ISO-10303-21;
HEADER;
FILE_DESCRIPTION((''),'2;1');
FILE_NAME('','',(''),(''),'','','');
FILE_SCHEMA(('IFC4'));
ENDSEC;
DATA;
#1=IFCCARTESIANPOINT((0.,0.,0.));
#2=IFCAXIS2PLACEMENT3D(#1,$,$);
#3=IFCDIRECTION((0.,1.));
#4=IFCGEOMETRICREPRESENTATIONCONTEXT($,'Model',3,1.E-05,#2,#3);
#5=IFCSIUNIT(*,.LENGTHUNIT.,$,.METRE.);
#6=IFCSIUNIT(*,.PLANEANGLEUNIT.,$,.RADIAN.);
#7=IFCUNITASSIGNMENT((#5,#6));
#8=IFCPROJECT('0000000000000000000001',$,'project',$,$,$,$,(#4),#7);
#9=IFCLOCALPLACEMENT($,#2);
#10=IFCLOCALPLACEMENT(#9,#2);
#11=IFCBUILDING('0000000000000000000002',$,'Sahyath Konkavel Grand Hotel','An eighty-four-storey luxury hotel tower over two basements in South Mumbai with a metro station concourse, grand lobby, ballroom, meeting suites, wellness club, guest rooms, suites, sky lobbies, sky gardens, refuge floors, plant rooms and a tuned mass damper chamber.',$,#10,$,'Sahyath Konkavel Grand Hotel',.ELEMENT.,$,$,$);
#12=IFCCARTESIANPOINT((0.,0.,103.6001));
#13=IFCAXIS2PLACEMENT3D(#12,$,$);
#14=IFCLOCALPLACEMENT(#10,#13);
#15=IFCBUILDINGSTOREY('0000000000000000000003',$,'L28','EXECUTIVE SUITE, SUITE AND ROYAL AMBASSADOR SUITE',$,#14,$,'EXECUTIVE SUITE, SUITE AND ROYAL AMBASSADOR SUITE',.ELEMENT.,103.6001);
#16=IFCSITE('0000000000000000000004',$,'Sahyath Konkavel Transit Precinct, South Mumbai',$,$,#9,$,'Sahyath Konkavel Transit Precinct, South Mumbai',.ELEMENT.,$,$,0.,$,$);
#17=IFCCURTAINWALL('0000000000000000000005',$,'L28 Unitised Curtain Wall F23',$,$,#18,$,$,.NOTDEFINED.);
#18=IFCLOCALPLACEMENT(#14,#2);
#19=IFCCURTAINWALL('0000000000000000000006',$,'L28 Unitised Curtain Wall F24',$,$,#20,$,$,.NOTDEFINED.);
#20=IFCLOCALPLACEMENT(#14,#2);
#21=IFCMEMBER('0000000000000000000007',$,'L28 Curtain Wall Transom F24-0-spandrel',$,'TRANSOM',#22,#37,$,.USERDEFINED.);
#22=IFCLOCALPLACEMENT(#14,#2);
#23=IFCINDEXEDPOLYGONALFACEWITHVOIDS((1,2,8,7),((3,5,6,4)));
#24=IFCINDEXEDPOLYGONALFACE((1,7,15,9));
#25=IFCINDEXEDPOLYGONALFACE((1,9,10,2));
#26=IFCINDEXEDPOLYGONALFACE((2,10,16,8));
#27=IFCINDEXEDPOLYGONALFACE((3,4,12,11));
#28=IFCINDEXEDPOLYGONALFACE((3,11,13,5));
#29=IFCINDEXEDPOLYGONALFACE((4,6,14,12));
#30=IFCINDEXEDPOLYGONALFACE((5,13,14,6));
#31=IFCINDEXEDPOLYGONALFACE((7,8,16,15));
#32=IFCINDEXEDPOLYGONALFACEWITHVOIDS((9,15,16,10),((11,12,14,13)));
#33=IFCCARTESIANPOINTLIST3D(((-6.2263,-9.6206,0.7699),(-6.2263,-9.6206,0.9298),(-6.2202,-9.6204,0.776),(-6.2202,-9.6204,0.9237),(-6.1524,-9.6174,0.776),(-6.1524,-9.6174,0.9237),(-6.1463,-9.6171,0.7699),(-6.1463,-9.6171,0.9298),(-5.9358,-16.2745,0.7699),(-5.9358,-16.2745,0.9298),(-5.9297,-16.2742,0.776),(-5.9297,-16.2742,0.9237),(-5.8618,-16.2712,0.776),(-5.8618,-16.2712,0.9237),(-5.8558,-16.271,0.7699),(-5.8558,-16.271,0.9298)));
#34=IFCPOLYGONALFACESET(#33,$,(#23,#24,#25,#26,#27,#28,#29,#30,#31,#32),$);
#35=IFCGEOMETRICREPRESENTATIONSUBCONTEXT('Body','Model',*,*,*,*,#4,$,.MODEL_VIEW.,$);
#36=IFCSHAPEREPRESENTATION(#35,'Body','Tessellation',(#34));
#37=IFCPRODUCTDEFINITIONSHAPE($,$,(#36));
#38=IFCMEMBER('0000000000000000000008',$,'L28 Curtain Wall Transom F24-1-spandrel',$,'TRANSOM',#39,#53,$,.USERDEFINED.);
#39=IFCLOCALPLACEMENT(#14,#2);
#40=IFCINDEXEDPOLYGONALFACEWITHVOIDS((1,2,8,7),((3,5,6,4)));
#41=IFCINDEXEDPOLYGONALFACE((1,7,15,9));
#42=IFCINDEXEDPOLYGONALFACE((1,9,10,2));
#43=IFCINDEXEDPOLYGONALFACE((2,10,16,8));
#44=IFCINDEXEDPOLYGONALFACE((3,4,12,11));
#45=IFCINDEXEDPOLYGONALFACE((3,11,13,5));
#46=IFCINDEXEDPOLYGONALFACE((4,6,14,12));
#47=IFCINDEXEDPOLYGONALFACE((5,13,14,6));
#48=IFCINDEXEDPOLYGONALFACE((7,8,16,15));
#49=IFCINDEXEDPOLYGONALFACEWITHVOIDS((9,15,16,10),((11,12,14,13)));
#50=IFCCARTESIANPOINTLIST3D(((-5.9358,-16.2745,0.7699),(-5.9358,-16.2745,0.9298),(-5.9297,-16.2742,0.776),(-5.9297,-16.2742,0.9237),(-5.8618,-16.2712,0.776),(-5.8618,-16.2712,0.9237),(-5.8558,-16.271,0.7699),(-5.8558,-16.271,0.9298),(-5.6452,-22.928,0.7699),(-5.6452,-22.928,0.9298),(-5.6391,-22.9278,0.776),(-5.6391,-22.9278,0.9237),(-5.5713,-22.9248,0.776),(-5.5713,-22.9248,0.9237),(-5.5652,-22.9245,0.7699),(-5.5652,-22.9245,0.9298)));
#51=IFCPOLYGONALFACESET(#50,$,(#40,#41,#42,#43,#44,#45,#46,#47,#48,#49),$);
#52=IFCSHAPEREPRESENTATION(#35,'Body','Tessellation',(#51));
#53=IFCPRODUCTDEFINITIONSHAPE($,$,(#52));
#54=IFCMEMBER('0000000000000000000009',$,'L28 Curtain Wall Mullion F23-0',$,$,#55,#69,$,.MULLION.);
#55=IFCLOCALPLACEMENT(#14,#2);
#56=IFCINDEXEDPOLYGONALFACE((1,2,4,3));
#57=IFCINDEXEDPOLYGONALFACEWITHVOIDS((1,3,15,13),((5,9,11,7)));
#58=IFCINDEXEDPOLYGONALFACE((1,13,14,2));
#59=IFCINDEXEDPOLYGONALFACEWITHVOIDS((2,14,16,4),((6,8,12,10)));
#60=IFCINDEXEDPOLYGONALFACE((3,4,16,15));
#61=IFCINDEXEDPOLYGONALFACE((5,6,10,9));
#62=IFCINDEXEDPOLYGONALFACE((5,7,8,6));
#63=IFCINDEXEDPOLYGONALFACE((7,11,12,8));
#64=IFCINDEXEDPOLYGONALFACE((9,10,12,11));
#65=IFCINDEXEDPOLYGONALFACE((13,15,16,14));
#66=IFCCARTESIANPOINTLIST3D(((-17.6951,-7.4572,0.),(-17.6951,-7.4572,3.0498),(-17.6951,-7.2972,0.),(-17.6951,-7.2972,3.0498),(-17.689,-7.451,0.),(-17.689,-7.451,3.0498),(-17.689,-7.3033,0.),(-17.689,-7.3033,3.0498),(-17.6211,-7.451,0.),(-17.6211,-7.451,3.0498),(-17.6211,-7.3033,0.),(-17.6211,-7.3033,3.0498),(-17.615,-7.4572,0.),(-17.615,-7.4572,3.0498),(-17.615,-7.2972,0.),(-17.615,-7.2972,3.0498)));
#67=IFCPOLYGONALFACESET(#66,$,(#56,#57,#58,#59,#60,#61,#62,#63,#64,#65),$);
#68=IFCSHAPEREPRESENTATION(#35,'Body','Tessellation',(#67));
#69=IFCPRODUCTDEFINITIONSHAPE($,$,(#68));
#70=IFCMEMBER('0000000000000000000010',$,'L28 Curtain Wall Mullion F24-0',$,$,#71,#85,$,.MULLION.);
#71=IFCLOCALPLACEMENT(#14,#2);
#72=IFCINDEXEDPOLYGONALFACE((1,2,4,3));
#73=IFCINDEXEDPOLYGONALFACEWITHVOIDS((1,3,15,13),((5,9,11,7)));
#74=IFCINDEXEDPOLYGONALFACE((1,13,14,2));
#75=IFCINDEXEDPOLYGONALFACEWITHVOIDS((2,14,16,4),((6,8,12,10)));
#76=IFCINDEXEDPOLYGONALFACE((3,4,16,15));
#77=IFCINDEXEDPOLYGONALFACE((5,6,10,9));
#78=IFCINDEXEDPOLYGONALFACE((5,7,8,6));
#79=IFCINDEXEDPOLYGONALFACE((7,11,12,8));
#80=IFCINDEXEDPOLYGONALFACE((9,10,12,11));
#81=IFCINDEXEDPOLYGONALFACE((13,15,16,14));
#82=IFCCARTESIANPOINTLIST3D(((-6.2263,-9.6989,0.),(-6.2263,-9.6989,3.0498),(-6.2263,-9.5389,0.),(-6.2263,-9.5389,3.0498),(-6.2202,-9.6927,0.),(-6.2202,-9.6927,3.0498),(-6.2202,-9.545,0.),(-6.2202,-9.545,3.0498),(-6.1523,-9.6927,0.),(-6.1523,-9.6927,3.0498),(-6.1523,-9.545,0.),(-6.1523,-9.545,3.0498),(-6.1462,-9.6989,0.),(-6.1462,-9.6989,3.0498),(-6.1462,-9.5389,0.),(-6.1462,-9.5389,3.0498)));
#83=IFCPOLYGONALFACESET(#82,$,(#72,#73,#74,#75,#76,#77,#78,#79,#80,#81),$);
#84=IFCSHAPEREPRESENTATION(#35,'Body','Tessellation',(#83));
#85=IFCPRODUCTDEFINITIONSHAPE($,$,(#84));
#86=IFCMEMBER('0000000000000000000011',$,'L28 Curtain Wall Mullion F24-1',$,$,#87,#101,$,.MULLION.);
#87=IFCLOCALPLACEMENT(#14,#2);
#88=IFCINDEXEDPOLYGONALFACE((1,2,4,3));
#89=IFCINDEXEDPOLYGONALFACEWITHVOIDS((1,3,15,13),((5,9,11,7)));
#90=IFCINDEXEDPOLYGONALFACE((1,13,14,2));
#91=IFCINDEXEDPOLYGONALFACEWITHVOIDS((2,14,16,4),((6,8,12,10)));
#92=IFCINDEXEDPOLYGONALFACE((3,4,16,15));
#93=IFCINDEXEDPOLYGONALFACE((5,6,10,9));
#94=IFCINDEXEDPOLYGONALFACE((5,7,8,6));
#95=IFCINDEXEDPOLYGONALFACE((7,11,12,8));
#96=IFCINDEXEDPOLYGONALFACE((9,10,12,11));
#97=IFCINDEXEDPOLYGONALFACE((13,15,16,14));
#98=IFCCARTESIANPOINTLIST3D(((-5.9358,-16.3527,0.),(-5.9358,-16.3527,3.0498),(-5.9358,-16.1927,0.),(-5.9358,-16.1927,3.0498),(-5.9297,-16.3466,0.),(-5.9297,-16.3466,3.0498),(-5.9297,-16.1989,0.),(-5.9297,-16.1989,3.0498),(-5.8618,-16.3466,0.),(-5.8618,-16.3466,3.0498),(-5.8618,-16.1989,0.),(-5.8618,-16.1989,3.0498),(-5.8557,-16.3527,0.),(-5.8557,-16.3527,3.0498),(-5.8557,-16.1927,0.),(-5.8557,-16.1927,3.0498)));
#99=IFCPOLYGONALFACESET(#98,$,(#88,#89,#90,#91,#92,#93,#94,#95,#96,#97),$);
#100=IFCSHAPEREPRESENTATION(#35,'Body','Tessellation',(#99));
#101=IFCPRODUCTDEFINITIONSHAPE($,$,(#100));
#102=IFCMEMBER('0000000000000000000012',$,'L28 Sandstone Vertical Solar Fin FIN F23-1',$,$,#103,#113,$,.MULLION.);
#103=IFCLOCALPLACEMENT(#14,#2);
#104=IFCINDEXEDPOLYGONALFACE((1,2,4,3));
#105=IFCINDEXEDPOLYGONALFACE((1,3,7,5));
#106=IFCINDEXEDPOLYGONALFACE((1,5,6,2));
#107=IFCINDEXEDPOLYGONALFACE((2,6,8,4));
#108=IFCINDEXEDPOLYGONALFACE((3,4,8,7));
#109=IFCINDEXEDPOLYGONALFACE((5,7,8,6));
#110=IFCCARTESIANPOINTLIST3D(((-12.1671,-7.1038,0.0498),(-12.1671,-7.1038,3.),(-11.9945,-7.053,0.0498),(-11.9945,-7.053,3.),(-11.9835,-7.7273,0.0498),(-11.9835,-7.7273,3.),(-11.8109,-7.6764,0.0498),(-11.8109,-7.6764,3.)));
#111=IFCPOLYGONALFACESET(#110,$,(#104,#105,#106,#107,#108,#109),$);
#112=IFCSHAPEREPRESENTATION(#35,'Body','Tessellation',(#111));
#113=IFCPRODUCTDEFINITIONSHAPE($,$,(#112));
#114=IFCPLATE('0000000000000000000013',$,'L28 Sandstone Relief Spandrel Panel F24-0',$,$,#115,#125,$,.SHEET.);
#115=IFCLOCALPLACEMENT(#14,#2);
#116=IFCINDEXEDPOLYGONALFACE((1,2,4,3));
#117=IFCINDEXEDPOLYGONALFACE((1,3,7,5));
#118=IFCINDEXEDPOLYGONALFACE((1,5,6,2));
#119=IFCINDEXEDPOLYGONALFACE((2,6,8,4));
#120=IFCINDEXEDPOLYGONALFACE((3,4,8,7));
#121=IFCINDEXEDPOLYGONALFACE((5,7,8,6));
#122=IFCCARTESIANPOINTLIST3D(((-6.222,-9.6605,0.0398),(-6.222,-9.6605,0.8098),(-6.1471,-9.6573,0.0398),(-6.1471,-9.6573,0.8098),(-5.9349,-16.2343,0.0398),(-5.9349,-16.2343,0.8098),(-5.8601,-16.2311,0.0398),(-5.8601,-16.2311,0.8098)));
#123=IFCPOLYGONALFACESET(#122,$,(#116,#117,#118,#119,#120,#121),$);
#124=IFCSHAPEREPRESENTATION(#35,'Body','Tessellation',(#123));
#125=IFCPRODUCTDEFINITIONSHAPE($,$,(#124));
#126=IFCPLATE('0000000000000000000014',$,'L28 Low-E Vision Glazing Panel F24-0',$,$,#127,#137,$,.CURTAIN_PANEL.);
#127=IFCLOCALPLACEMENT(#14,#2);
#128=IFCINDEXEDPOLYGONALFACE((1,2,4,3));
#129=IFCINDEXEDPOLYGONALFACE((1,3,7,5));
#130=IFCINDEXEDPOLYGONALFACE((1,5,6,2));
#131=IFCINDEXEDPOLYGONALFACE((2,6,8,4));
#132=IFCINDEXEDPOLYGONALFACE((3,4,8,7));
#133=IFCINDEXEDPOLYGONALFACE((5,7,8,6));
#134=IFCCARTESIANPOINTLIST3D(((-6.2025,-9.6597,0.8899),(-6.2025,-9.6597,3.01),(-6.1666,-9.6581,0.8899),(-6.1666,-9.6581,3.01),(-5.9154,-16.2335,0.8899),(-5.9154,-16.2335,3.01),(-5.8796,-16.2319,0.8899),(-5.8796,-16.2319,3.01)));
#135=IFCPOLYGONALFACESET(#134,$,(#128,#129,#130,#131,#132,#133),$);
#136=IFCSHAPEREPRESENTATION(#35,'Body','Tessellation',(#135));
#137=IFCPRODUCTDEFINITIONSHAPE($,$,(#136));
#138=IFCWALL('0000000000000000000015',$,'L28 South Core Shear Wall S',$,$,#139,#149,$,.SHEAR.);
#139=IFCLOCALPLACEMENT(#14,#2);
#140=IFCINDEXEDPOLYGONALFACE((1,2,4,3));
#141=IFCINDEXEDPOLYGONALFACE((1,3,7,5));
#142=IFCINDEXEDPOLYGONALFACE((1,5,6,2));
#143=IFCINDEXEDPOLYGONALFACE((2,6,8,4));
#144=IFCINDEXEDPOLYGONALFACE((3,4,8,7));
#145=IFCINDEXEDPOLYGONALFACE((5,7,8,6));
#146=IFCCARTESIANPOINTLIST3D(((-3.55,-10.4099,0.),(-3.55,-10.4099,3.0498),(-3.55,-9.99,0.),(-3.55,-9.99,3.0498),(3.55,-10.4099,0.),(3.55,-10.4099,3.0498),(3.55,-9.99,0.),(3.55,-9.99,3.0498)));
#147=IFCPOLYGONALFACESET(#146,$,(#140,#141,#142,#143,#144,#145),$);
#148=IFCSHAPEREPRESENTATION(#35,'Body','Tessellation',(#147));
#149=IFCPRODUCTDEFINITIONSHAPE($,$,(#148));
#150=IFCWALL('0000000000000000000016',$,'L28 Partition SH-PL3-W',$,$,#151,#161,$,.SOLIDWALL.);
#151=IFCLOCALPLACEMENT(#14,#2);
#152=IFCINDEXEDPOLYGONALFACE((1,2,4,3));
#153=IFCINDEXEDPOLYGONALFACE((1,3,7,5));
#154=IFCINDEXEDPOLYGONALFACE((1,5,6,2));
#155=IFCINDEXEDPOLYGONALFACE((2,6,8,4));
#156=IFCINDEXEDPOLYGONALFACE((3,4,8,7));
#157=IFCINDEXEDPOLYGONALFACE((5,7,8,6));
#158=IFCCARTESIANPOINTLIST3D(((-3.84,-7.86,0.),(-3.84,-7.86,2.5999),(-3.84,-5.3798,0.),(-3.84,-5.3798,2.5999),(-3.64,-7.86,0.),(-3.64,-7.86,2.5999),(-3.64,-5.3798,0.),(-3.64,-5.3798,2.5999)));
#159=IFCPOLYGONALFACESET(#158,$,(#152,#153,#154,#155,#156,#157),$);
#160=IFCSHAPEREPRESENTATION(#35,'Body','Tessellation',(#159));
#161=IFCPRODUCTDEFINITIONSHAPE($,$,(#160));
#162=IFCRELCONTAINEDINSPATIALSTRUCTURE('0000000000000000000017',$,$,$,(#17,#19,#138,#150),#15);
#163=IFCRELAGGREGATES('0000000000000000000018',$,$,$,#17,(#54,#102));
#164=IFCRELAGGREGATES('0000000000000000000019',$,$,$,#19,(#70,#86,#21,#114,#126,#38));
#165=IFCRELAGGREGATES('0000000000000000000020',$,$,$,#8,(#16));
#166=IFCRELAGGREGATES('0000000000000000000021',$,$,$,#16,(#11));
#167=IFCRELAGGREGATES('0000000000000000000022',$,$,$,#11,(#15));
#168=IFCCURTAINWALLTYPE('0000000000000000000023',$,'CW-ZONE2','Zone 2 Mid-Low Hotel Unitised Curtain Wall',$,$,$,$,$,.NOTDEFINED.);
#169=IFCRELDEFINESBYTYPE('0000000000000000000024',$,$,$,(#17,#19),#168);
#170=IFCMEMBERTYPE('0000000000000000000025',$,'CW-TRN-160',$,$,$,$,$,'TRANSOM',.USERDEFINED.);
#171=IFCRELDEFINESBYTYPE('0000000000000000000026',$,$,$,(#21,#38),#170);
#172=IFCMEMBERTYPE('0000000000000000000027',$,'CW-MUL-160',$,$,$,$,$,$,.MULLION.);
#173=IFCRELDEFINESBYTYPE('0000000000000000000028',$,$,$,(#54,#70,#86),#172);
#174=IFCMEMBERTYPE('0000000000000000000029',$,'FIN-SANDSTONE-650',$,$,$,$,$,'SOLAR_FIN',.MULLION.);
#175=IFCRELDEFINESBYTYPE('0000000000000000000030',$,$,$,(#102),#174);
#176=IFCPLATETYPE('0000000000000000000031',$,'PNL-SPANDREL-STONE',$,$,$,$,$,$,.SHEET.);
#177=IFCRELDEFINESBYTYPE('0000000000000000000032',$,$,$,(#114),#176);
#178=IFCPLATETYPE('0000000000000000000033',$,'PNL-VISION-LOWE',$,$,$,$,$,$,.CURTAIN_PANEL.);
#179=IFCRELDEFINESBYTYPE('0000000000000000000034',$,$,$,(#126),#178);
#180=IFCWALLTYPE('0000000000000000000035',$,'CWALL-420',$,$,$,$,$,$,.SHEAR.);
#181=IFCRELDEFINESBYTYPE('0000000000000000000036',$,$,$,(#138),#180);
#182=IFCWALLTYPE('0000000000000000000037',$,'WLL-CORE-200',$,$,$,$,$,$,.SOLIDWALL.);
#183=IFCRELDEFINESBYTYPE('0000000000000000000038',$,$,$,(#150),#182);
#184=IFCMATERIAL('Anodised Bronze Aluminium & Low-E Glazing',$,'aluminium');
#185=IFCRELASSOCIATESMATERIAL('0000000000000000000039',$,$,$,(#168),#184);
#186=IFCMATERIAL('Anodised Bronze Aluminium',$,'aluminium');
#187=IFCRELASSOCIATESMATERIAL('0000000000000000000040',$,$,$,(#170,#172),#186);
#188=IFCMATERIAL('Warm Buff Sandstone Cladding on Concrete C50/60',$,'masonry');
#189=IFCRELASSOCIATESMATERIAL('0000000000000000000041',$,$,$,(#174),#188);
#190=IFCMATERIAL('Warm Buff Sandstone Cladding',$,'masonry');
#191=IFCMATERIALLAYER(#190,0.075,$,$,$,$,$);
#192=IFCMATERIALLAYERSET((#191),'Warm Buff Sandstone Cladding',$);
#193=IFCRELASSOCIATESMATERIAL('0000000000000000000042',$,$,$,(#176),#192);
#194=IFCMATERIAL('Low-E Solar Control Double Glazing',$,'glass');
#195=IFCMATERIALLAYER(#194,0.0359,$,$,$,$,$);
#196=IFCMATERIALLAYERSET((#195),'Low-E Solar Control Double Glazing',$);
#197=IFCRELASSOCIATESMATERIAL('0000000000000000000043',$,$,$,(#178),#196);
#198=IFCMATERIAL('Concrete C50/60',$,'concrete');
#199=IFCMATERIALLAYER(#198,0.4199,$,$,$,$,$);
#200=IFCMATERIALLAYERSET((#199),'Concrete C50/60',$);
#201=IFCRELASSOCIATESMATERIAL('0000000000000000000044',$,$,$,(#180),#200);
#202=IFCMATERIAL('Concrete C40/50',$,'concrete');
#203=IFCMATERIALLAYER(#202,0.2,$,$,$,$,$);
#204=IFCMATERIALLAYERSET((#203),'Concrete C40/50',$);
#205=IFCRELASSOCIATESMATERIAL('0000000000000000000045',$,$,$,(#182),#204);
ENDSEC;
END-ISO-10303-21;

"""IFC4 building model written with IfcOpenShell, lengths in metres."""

from ifc_helpers import new_model, si_unit, direction, frame, frame_2d, origin, origin_2d, place, context, subcontext, project, spatial, rectangle, hollow_rectangle, extrude, source, transform, mapped, material, layer, layer_set, material_profile, profile_set, type_object, element, aggregate, save


model = new_model("IFC4")

# Units and contexts
model_context = context("Model", 3, precision=1e-05, world=origin(), true_north=direction((0.0, 1.0)))
body_context = subcontext(model_context, "Body", "Model", "MODEL_VIEW")
ifc_project = project(units=[si_unit("LENGTHUNIT", "METRE"), si_unit("PLANEANGLEUNIT", "RADIAN")], contexts=[model_context])

# Site, building, storey
site_placement = place(None, origin())
site = spatial("IfcSite", under=ifc_project, at=site_placement, Name="Sahyath Konkavel Transit Precinct, South Mumbai", LongName="Sahyath Konkavel Transit Precinct, South Mumbai", CompositionType="ELEMENT", RefElevation=0.0)
building_placement = place(site_placement, origin())
building = spatial("IfcBuilding", under=site, at=building_placement, Name="Sahyath Konkavel Grand Hotel", Description="An eighty-four-storey luxury hotel tower over two basements in South Mumbai with a metro station concourse, grand lobby, ballroom, meeting suites, wellness club, guest rooms, suites, sky lobbies, sky gardens, refuge floors, plant rooms and a tuned mass damper chamber.", LongName="Sahyath Konkavel Grand Hotel", CompositionType="ELEMENT")
storey_placement = place(building_placement, frame((0.0, 0.0, 103.6001)))
storey = spatial("IfcBuildingStorey", under=building, at=storey_placement, Name="L28", Description="EXECUTIVE SUITE, SUITE AND ROYAL AMBASSADOR SUITE", LongName="EXECUTIVE SUITE, SUITE AND ROYAL AMBASSADOR SUITE", CompositionType="ELEMENT", Elevation=103.6001)

# Curtain wall
ifc_material_1 = material(Name="Anodised Bronze Aluminium & Low-E Glazing", Category="aluminium")
curtain_wall_type = type_object("IfcCurtainWallType", Name="CW-ZONE2", Description="Zone 2 Mid-Low Hotel Unitised Curtain Wall", PredefinedType="NOTDEFINED", material=ifc_material_1)
curtain_wall_1_placement = place(storey_placement, origin())
curtain_wall_1 = element("IfcCurtainWall", 1, at=curtain_wall_1_placement, inside=storey, type_object=curtain_wall_type, Name="L28 Unitised Curtain Wall F23", PredefinedType="NOTDEFINED")
ifc_material_2 = material(Name="Anodised Bronze Aluminium", Category="aluminium")
ifc_material_profile_1 = material_profile(ifc_material_2, hollow_rectangle(XDim=0.0801, YDim=0.1599, WallThickness=0.0061, at=origin_2d()), Name="RHS 160x80x6")
ifc_profile_set_1 = profile_set([ifc_material_profile_1], Name="Anodised Bronze Aluminium")
member_type_1 = type_object("IfcMemberType", Name="CW-TRN-160", ElementType="TRANSOM", PredefinedType="USERDEFINED", material=ifc_profile_set_1)

# Curtain wall, members
curtain_wall_2_placement = place(storey_placement, origin())
curtain_wall_2 = element("IfcCurtainWall", 2, at=curtain_wall_2_placement, inside=storey, type_object=curtain_wall_type, Name="L28 Unitised Curtain Wall F24", PredefinedType="NOTDEFINED")
shared_shape_1 = source(origin(), body_context, "Body", "SweptSolid", [
    extrude(hollow_rectangle(XDim=0.0801, YDim=0.1599, WallThickness=0.0061, at=origin_2d()), origin(), (0.0, 0.0, 1.0), 6.6602),
])
member_1_placement = place(storey_placement, frame((-6.1863, -9.6189, 0.8499), z_axis=(0.043622, -0.999048, 0.0), x_axis=(0.999048, 0.043622, 0.0)))
member_1 = element("IfcMember", 3, at=member_1_placement, type_object=member_type_1, Name="L28 Curtain Wall Transom F24-0-spandrel", ObjectType="TRANSOM", PredefinedType="USERDEFINED", context=body_context, shape_type="MappedRepresentation", body=[
    mapped(shared_shape_1, transform((0.0, 0.0, 0.0), scale=1.0)),
])
shared_shape_2 = source(origin(), body_context, "Body", "SweptSolid", [
    extrude(hollow_rectangle(XDim=0.0801, YDim=0.1599, WallThickness=0.0061, at=origin_2d()), origin(), (0.0, 0.0, 1.0), 6.6599),
])
member_2_placement = place(storey_placement, frame((-5.8958, -16.2727, 0.8499), z_axis=(0.043623, -0.999048, 0.0), x_axis=(0.999048, 0.043623, 0.0)))
member_2 = element("IfcMember", 4, at=member_2_placement, type_object=member_type_1, Name="L28 Curtain Wall Transom F24-1-spandrel", ObjectType="TRANSOM", PredefinedType="USERDEFINED", context=body_context, shape_type="MappedRepresentation", body=[
    mapped(shared_shape_2, transform((0.0, 0.0, 0.0), scale=1.0)),
])

# Members
ifc_material_profile_2 = material_profile(ifc_material_2, hollow_rectangle(XDim=0.0801, YDim=0.1599, WallThickness=0.0061, at=origin_2d()), Name="RHS 160x80x6")
ifc_profile_set_2 = profile_set([ifc_material_profile_2], Name="Anodised Bronze Aluminium")
member_type_2 = type_object("IfcMemberType", Name="CW-MUL-160", PredefinedType="MULLION", material=ifc_profile_set_2)
shared_shape_3 = source(origin(), body_context, "Body", "SweptSolid", [
    extrude(hollow_rectangle(XDim=0.0801, YDim=0.1599, WallThickness=0.0061, at=origin_2d()), origin(), (0.0, 0.0, 1.0), 3.0498),
])
member_3_placement = place(storey_placement, frame((-17.655, -7.3772, 0.0), z_axis=(0.0, 0.0, 1.0), x_axis=(1.0, 0.0, 0.0)))
member_3 = element("IfcMember", 5, at=member_3_placement, type_object=member_type_2, Name="L28 Curtain Wall Mullion F23-0", PredefinedType="MULLION", context=body_context, shape_type="MappedRepresentation", body=[
    mapped(shared_shape_3, transform((0.0, 0.0, 0.0), scale=1.0)),
])
member_4_placement = place(storey_placement, frame((-6.1863, -9.6189, 0.0), z_axis=(0.0, 0.0, 1.0), x_axis=(1.0, 0.0, 0.0)))
member_4 = element("IfcMember", 6, at=member_4_placement, type_object=member_type_2, Name="L28 Curtain Wall Mullion F24-0", PredefinedType="MULLION", context=body_context, shape_type="MappedRepresentation", body=[
    mapped(shared_shape_3, transform((0.0, 0.0, 0.0), scale=1.0)),
])
member_5_placement = place(storey_placement, frame((-5.8958, -16.2727, 0.0), z_axis=(0.0, 0.0, 1.0), x_axis=(1.0, 0.0, 0.0)))
member_5 = element("IfcMember", 7, at=member_5_placement, type_object=member_type_2, Name="L28 Curtain Wall Mullion F24-1", PredefinedType="MULLION", context=body_context, shape_type="MappedRepresentation", body=[
    mapped(shared_shape_3, transform((0.0, 0.0, 0.0), scale=1.0)),
])
ifc_material_3 = material(Name="Warm Buff Sandstone Cladding on Concrete C50/60", Category="masonry")
ifc_material_profile_3 = material_profile(ifc_material_3, rectangle(XDim=0.1799, YDim=0.6499, at=origin_2d()), Name="FIN 180x650")
ifc_profile_set_3 = profile_set([ifc_material_profile_3], Name="Warm Buff Sandstone Cladding on Concrete C50/60")
member_type_3 = type_object("IfcMemberType", Name="FIN-SANDSTONE-650", ElementType="SOLAR_FIN", PredefinedType="MULLION", material=ifc_profile_set_3)
shared_shape_4 = source(origin(), body_context, "Body", "SweptSolid", [
    extrude(rectangle(XDim=0.1799, YDim=0.6499, at=origin_2d()), origin(), (0.0, 0.0, 1.0), 2.9502),
])
member_6_placement = place(storey_placement, frame((-11.989, -7.3901, 0.0498), z_axis=(0.0, 0.0, 1.0), x_axis=(0.959265, 0.282509, 0.0)))
member_6 = element("IfcMember", 8, at=member_6_placement, type_object=member_type_3, Name="L28 Sandstone Vertical Solar Fin FIN F23-1", PredefinedType="MULLION", context=body_context, shape_type="MappedRepresentation", body=[
    mapped(shared_shape_4, transform((0.0, 0.0, 0.0), scale=1.0)),
])
aggregate(curtain_wall_1, [member_3, member_6])

# Plates
ifc_material_4 = material(Name="Warm Buff Sandstone Cladding", Category="masonry")
ifc_layer_1 = layer(ifc_material_4, 0.075)
ifc_layer_set_1 = layer_set([ifc_layer_1], Name="Warm Buff Sandstone Cladding")
plate_type_1 = type_object("IfcPlateType", Name="PNL-SPANDREL-STONE", PredefinedType="SHEET", material=ifc_layer_set_1)
shared_shape_5 = source(origin(), body_context, "Body", "SweptSolid", [
    extrude(rectangle(XDim=6.5801, YDim=0.075, at=origin_2d()), origin(), (0.0, 0.0, 1.0), 0.77),
])
plate_1_placement = place(storey_placement, frame((-6.041, -12.9458, 0.0398), z_axis=(0.0, 0.0, 1.0), x_axis=(0.043619, -0.999048, 0.0)))
plate_1 = element("IfcPlate", 9, at=plate_1_placement, type_object=plate_type_1, Name="L28 Sandstone Relief Spandrel Panel F24-0", PredefinedType="SHEET", context=body_context, shape_type="MappedRepresentation", body=[
    mapped(shared_shape_5, transform((0.0, 0.0, 0.0), scale=1.0)),
])
ifc_material_5 = material(Name="Low-E Solar Control Double Glazing", Category="glass")
ifc_layer_2 = layer(ifc_material_5, 0.0359)
ifc_layer_set_2 = layer_set([ifc_layer_2], Name="Low-E Solar Control Double Glazing")
plate_type_2 = type_object("IfcPlateType", Name="PNL-VISION-LOWE", PredefinedType="CURTAIN_PANEL", material=ifc_layer_set_2)
shared_shape_6 = source(origin(), body_context, "Body", "SweptSolid", [
    extrude(rectangle(XDim=6.5801, YDim=0.0359, at=origin_2d()), origin(), (0.0, 0.0, 1.0), 2.1201),
])
plate_2_placement = place(storey_placement, frame((-6.041, -12.9458, 0.8899), z_axis=(0.0, 0.0, 1.0), x_axis=(0.043619, -0.999048, 0.0)))
plate_2 = element("IfcPlate", 10, at=plate_2_placement, type_object=plate_type_2, Name="L28 Low-E Vision Glazing Panel F24-0", PredefinedType="CURTAIN_PANEL", context=body_context, shape_type="MappedRepresentation", body=[
    mapped(shared_shape_6, transform((0.0, 0.0, 0.0), scale=1.0)),
])
aggregate(curtain_wall_2, [member_4, member_5, member_1, plate_1, plate_2, member_2])

# Walls
ifc_material_6 = material(Name="Concrete C50/60", Category="concrete")
ifc_layer_3 = layer(ifc_material_6, 0.4199)
ifc_layer_set_3 = layer_set([ifc_layer_3], Name="Concrete C50/60")
wall_type_1 = type_object("IfcWallType", Name="CWALL-420", PredefinedType="SHEAR", material=ifc_layer_set_3)
wall_1_placement = place(storey_placement, frame((-3.55, -10.2, 0.0), z_axis=(0.0, 0.0, 1.0), x_axis=(1.0, 0.0, 0.0)))
element("IfcWall", 11, at=wall_1_placement, inside=storey, type_object=wall_type_1, Name="L28 South Core Shear Wall S", PredefinedType="SHEAR", context=body_context, shape_type="SweptSolid", body=[
    extrude(rectangle(XDim=7.1001, YDim=0.4199, at=frame_2d((3.55, 0.0))), origin(), (0.0, 0.0, 1.0), 3.0498),
])
ifc_material_7 = material(Name="Concrete C40/50", Category="concrete")
ifc_layer_4 = layer(ifc_material_7, 0.2)
ifc_layer_set_4 = layer_set([ifc_layer_4], Name="Concrete C40/50")
wall_type_2 = type_object("IfcWallType", Name="WLL-CORE-200", PredefinedType="SOLIDWALL", material=ifc_layer_set_4)
wall_2_placement = place(storey_placement, frame((-3.74, -7.8601, 0.0), z_axis=(0.0, 0.0, 1.0), x_axis=(0.0, 1.0, 0.0)))
element("IfcWall", 12, at=wall_2_placement, inside=storey, type_object=wall_type_2, Name="L28 Partition SH-PL3-W", PredefinedType="SOLIDWALL", context=body_context, shape_type="SweptSolid", body=[
    extrude(rectangle(XDim=2.4802, YDim=0.2, at=frame_2d((1.2402, 0.0))), origin(), (0.0, 0.0, 1.0), 2.5999),
])

save(model, "model.ifc")
